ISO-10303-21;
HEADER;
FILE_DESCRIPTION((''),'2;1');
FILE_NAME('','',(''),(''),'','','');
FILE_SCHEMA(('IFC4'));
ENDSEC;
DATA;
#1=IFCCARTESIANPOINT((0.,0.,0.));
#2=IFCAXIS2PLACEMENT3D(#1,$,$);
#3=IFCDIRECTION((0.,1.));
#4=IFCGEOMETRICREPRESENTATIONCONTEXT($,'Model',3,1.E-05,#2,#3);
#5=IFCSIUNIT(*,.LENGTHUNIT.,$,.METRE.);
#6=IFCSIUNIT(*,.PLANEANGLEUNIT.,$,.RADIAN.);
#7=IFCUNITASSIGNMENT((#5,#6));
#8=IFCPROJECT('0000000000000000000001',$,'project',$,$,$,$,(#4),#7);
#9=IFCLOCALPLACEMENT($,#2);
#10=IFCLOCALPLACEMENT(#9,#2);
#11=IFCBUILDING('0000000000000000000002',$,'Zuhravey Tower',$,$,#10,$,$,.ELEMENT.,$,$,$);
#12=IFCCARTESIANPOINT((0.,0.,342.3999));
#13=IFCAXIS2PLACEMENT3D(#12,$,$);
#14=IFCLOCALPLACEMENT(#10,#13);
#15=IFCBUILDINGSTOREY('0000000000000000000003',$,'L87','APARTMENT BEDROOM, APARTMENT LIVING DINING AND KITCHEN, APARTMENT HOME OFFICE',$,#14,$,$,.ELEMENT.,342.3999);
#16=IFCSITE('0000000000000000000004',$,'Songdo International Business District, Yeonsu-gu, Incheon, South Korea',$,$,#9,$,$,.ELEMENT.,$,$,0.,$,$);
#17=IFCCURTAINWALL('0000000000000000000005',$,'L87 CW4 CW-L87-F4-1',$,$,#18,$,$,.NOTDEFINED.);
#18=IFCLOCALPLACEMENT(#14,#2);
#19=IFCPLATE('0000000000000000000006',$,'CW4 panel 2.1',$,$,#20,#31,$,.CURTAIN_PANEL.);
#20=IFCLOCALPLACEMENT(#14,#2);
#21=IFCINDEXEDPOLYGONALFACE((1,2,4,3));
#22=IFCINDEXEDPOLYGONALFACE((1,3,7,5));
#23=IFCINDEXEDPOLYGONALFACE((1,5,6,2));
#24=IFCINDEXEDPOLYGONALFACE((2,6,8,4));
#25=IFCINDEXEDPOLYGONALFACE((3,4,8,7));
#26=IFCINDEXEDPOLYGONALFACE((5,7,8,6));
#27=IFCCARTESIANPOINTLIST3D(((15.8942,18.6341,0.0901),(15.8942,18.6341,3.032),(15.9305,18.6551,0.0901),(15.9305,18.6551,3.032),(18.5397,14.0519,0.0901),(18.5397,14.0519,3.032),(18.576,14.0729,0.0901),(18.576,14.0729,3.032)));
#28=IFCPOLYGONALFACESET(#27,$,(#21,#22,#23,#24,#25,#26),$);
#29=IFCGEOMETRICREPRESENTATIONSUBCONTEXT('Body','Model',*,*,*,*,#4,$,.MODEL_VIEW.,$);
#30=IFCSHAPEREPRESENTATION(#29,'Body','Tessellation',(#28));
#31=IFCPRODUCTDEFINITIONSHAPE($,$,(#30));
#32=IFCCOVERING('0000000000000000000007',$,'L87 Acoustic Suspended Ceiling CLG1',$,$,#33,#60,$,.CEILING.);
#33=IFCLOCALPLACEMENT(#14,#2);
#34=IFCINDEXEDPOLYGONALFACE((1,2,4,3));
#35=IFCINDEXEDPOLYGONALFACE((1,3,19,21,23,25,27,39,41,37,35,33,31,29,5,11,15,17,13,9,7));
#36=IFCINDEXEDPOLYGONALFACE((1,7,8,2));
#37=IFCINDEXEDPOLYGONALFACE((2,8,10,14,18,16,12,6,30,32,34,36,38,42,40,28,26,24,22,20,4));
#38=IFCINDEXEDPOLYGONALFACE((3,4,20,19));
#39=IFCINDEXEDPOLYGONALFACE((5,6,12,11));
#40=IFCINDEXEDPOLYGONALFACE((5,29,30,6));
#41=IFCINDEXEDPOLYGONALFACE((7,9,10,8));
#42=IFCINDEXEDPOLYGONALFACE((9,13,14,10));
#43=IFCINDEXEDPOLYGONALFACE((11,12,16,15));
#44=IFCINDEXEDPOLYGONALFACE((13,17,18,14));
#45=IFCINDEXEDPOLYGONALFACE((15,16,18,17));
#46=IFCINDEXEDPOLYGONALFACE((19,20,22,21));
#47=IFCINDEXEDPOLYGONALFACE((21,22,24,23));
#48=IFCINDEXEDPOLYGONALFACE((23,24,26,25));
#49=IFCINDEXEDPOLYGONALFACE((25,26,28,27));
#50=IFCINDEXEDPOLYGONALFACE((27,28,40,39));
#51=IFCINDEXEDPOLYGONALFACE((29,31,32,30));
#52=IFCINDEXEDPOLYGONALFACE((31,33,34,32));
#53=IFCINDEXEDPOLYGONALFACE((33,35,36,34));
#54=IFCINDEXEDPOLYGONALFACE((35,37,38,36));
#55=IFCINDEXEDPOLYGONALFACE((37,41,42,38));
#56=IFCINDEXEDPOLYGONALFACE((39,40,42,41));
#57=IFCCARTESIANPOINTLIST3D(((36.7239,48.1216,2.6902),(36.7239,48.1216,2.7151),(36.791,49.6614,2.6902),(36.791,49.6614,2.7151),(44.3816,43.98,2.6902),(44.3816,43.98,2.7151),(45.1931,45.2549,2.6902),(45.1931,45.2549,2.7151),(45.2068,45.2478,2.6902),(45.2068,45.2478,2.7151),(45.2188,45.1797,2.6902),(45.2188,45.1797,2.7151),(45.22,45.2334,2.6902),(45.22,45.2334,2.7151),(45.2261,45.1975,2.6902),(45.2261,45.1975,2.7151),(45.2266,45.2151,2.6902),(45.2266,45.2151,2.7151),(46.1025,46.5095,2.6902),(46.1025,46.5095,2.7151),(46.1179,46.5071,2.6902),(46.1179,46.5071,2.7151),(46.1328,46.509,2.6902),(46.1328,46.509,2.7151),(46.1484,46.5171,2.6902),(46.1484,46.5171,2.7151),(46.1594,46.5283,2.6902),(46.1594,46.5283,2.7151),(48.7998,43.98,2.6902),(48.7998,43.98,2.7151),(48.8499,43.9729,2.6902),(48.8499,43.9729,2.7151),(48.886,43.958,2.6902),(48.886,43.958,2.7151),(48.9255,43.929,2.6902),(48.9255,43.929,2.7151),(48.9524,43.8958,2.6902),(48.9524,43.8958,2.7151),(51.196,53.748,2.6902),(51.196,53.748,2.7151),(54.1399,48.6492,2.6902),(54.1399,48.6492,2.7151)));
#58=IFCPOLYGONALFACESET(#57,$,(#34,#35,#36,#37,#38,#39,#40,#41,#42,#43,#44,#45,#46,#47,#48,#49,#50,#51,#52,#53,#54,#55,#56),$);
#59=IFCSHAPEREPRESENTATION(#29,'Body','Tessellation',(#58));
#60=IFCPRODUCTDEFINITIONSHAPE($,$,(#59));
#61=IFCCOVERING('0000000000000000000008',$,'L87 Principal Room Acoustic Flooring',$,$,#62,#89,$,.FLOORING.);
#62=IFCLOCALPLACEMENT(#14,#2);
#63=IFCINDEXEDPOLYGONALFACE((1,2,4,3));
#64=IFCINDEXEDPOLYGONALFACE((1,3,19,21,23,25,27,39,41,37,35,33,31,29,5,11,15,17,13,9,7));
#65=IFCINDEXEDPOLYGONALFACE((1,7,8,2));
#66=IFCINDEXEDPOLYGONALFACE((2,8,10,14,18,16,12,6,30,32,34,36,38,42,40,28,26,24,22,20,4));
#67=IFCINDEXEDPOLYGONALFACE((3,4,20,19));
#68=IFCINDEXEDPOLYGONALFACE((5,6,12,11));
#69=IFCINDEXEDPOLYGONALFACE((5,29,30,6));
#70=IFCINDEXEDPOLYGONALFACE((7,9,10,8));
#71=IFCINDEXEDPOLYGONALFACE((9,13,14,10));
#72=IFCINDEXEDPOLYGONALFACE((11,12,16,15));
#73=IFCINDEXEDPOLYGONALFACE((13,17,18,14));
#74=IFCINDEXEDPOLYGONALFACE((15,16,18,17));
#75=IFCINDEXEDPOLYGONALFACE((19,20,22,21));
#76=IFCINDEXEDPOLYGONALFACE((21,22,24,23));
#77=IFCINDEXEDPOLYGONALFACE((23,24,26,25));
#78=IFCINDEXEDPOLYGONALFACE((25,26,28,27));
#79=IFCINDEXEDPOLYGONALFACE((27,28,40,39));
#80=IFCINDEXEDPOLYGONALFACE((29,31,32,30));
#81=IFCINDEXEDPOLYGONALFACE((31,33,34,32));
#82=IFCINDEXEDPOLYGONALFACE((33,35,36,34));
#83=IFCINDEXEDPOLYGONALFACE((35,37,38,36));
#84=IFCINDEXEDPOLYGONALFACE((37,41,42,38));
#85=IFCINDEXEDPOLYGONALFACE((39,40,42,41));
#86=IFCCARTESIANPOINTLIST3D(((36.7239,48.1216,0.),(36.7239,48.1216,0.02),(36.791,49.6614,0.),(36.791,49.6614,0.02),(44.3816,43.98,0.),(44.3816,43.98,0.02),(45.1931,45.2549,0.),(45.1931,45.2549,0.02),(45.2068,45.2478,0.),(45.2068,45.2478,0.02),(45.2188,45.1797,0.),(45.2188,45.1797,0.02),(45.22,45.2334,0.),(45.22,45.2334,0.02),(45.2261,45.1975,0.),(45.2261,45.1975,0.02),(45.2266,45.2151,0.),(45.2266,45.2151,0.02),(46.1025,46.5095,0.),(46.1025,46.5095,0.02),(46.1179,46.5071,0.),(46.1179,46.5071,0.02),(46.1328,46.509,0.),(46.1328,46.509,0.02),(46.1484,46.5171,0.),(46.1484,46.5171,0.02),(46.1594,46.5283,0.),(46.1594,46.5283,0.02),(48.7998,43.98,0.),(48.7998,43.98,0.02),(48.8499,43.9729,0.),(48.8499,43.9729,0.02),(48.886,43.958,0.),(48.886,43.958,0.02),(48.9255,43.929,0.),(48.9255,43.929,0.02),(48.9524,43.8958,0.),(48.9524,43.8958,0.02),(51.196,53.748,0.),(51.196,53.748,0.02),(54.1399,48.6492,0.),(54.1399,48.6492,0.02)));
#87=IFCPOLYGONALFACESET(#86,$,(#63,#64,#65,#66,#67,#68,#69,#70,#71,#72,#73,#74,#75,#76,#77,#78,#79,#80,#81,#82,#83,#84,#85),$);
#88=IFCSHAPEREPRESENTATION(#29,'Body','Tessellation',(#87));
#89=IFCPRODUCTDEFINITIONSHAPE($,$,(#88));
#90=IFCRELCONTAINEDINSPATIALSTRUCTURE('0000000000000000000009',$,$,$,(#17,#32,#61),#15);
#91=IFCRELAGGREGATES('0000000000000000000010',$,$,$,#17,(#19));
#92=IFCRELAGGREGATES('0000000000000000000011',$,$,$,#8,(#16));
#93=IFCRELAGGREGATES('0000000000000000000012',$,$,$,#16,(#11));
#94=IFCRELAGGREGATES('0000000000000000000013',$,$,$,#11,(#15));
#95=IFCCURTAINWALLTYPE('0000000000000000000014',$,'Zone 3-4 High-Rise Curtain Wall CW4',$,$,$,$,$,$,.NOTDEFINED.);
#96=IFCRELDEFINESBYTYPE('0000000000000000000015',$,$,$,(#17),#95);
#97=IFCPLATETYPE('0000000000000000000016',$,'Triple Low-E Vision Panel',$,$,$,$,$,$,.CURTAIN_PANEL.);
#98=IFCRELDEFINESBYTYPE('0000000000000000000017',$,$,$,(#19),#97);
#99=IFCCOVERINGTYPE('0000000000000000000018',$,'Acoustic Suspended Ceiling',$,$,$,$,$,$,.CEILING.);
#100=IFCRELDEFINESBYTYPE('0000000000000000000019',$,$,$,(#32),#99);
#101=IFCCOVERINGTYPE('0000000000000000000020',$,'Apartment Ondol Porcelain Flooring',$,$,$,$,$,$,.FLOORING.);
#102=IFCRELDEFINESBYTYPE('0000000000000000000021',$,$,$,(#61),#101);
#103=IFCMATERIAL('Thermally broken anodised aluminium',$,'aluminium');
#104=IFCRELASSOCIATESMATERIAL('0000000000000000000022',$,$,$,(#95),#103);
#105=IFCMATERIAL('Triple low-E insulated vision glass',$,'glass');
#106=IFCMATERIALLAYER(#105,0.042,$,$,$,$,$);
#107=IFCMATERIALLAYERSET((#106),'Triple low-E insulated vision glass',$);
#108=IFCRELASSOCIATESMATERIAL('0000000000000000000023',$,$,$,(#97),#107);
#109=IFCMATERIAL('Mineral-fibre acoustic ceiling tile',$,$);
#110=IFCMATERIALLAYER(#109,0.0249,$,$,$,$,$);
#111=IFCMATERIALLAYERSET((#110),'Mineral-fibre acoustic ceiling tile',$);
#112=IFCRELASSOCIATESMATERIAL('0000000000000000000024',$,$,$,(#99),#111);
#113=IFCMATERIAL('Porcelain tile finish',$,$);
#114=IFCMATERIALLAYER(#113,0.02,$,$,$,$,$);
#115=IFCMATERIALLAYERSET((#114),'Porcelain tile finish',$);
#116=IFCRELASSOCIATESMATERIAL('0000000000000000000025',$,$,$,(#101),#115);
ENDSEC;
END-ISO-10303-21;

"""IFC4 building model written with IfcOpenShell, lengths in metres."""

from ifc_helpers import new_model, si_unit, direction, frame, origin, origin_2d, place, context, subcontext, project, spatial, polyline, rectangle, outline, extrude, material, layer, layer_set, type_object, element, aggregate, save


model = new_model("IFC4")

# Units and contexts
model_context = context("Model", 3, precision=1e-05, world=origin(), true_north=direction((0.0, 1.0)))
body_context = subcontext(model_context, "Body", "Model", "MODEL_VIEW")
ifc_project = project(units=[si_unit("LENGTHUNIT", "METRE"), si_unit("PLANEANGLEUNIT", "RADIAN")], contexts=[model_context])

# Site, building, storey
site_placement = place(None, origin())
site = spatial("IfcSite", under=ifc_project, at=site_placement, Name="Songdo International Business District, Yeonsu-gu, Incheon, South Korea", CompositionType="ELEMENT", RefElevation=0.0)
building_placement = place(site_placement, origin())
building = spatial("IfcBuilding", under=site, at=building_placement, Name="Zuhravey Tower", CompositionType="ELEMENT")
storey_placement = place(building_placement, frame((0.0, 0.0, 342.3999)))
storey = spatial("IfcBuildingStorey", under=building, at=storey_placement, Name="L87", Description="APARTMENT BEDROOM, APARTMENT LIVING DINING AND KITCHEN, APARTMENT HOME OFFICE", CompositionType="ELEMENT", Elevation=342.3999)

# Curtain wall
ifc_material_1 = material(Name="Thermally broken anodised aluminium", Category="aluminium")
curtain_wall_type = type_object("IfcCurtainWallType", Name="Zone 3-4 High-Rise Curtain Wall CW4", PredefinedType="NOTDEFINED", material=ifc_material_1)
curtain_wall_placement = place(storey_placement, origin())
curtain_wall = element("IfcCurtainWall", 1, at=curtain_wall_placement, inside=storey, type_object=curtain_wall_type, Name="L87 CW4 CW-L87-F4-1", PredefinedType="NOTDEFINED")

# Plate
ifc_material_2 = material(Name="Triple low-E insulated vision glass", Category="glass")
ifc_layer_1 = layer(ifc_material_2, 0.042)
ifc_layer_set_1 = layer_set([ifc_layer_1], Name="Triple low-E insulated vision glass")
plate_type = type_object("IfcPlateType", Name="Triple Low-E Vision Panel", PredefinedType="CURTAIN_PANEL", material=ifc_layer_set_1)
plate_1_placement = place(storey_placement, frame((17.2351, 16.3535, 0.0901), z_axis=(0.0, 0.0, 1.0), x_axis=(-0.499999, 0.866026, 0.0)))
plate_1 = element("IfcPlate", 2, at=plate_1_placement, type_object=plate_type, Name="CW4 panel 2.1", PredefinedType="CURTAIN_PANEL", context=body_context, shape_type="SweptSolid", body=[
    extrude(rectangle(XDim=5.291, YDim=0.042, at=origin_2d()), origin(), (0.0, 0.0, 1.0), 2.9419),
])
aggregate(curtain_wall, [plate_1])

# Coverings
ifc_material_3 = material(Name="Mineral-fibre acoustic ceiling tile")
ifc_layer_2 = layer(ifc_material_3, 0.0249)
ifc_layer_set_2 = layer_set([ifc_layer_2], Name="Mineral-fibre acoustic ceiling tile")
covering_type_1 = type_object("IfcCoveringType", Name="Acoustic Suspended Ceiling", PredefinedType="CEILING", material=ifc_layer_set_2)
covering_1_placement = place(storey_placement, frame((0.0, 0.0, 2.6902)))
element("IfcCovering", 3, at=covering_1_placement, inside=storey, type_object=covering_type_1, Name="L87 Acoustic Suspended Ceiling CLG1", PredefinedType="CEILING", context=body_context, shape_type="SweptSolid", body=[
    extrude(outline(polyline([(36.791, 49.6614), (46.1025, 46.5095), (46.1179, 46.5071), (46.1328, 46.509), (46.1484, 46.5171), (46.1594, 46.5283), (51.196, 53.748), (54.1399, 48.6492), (48.9524, 43.8958), (48.9255, 43.929), (48.886, 43.958), (48.8499, 43.9729), (48.7998, 43.98), (44.3816, 43.98), (45.2188, 45.1797), (45.2261, 45.1975), (45.2266, 45.2151), (45.22, 45.2334), (45.2068, 45.2478), (45.1931, 45.2549), (36.7239, 48.1216), (36.791, 49.6614)])), origin(), (0.0, 0.0, 1.0), 0.0249),
])
ifc_material_4 = material(Name="Porcelain tile finish")
ifc_layer_3 = layer(ifc_material_4, 0.02)
ifc_layer_set_3 = layer_set([ifc_layer_3], Name="Porcelain tile finish")
covering_type_2 = type_object("IfcCoveringType", Name="Apartment Ondol Porcelain Flooring", PredefinedType="FLOORING", material=ifc_layer_set_3)
covering_2_placement = place(storey_placement, origin())
element("IfcCovering", 4, at=covering_2_placement, inside=storey, type_object=covering_type_2, Name="L87 Principal Room Acoustic Flooring", PredefinedType="FLOORING", context=body_context, shape_type="SweptSolid", body=[
    extrude(outline(polyline([(36.791, 49.6614), (46.1025, 46.5095), (46.1179, 46.5071), (46.1328, 46.509), (46.1484, 46.5171), (46.1594, 46.5283), (51.196, 53.748), (54.1399, 48.6492), (48.9524, 43.8958), (48.9255, 43.929), (48.886, 43.958), (48.8499, 43.9729), (48.7998, 43.98), (44.3816, 43.98), (45.2188, 45.1797), (45.2261, 45.1975), (45.2266, 45.2151), (45.22, 45.2334), (45.2068, 45.2478), (45.1931, 45.2549), (36.7239, 48.1216), (36.791, 49.6614)])), origin(), (0.0, 0.0, 1.0), 0.02),
])

save(model, "model.ifc")
